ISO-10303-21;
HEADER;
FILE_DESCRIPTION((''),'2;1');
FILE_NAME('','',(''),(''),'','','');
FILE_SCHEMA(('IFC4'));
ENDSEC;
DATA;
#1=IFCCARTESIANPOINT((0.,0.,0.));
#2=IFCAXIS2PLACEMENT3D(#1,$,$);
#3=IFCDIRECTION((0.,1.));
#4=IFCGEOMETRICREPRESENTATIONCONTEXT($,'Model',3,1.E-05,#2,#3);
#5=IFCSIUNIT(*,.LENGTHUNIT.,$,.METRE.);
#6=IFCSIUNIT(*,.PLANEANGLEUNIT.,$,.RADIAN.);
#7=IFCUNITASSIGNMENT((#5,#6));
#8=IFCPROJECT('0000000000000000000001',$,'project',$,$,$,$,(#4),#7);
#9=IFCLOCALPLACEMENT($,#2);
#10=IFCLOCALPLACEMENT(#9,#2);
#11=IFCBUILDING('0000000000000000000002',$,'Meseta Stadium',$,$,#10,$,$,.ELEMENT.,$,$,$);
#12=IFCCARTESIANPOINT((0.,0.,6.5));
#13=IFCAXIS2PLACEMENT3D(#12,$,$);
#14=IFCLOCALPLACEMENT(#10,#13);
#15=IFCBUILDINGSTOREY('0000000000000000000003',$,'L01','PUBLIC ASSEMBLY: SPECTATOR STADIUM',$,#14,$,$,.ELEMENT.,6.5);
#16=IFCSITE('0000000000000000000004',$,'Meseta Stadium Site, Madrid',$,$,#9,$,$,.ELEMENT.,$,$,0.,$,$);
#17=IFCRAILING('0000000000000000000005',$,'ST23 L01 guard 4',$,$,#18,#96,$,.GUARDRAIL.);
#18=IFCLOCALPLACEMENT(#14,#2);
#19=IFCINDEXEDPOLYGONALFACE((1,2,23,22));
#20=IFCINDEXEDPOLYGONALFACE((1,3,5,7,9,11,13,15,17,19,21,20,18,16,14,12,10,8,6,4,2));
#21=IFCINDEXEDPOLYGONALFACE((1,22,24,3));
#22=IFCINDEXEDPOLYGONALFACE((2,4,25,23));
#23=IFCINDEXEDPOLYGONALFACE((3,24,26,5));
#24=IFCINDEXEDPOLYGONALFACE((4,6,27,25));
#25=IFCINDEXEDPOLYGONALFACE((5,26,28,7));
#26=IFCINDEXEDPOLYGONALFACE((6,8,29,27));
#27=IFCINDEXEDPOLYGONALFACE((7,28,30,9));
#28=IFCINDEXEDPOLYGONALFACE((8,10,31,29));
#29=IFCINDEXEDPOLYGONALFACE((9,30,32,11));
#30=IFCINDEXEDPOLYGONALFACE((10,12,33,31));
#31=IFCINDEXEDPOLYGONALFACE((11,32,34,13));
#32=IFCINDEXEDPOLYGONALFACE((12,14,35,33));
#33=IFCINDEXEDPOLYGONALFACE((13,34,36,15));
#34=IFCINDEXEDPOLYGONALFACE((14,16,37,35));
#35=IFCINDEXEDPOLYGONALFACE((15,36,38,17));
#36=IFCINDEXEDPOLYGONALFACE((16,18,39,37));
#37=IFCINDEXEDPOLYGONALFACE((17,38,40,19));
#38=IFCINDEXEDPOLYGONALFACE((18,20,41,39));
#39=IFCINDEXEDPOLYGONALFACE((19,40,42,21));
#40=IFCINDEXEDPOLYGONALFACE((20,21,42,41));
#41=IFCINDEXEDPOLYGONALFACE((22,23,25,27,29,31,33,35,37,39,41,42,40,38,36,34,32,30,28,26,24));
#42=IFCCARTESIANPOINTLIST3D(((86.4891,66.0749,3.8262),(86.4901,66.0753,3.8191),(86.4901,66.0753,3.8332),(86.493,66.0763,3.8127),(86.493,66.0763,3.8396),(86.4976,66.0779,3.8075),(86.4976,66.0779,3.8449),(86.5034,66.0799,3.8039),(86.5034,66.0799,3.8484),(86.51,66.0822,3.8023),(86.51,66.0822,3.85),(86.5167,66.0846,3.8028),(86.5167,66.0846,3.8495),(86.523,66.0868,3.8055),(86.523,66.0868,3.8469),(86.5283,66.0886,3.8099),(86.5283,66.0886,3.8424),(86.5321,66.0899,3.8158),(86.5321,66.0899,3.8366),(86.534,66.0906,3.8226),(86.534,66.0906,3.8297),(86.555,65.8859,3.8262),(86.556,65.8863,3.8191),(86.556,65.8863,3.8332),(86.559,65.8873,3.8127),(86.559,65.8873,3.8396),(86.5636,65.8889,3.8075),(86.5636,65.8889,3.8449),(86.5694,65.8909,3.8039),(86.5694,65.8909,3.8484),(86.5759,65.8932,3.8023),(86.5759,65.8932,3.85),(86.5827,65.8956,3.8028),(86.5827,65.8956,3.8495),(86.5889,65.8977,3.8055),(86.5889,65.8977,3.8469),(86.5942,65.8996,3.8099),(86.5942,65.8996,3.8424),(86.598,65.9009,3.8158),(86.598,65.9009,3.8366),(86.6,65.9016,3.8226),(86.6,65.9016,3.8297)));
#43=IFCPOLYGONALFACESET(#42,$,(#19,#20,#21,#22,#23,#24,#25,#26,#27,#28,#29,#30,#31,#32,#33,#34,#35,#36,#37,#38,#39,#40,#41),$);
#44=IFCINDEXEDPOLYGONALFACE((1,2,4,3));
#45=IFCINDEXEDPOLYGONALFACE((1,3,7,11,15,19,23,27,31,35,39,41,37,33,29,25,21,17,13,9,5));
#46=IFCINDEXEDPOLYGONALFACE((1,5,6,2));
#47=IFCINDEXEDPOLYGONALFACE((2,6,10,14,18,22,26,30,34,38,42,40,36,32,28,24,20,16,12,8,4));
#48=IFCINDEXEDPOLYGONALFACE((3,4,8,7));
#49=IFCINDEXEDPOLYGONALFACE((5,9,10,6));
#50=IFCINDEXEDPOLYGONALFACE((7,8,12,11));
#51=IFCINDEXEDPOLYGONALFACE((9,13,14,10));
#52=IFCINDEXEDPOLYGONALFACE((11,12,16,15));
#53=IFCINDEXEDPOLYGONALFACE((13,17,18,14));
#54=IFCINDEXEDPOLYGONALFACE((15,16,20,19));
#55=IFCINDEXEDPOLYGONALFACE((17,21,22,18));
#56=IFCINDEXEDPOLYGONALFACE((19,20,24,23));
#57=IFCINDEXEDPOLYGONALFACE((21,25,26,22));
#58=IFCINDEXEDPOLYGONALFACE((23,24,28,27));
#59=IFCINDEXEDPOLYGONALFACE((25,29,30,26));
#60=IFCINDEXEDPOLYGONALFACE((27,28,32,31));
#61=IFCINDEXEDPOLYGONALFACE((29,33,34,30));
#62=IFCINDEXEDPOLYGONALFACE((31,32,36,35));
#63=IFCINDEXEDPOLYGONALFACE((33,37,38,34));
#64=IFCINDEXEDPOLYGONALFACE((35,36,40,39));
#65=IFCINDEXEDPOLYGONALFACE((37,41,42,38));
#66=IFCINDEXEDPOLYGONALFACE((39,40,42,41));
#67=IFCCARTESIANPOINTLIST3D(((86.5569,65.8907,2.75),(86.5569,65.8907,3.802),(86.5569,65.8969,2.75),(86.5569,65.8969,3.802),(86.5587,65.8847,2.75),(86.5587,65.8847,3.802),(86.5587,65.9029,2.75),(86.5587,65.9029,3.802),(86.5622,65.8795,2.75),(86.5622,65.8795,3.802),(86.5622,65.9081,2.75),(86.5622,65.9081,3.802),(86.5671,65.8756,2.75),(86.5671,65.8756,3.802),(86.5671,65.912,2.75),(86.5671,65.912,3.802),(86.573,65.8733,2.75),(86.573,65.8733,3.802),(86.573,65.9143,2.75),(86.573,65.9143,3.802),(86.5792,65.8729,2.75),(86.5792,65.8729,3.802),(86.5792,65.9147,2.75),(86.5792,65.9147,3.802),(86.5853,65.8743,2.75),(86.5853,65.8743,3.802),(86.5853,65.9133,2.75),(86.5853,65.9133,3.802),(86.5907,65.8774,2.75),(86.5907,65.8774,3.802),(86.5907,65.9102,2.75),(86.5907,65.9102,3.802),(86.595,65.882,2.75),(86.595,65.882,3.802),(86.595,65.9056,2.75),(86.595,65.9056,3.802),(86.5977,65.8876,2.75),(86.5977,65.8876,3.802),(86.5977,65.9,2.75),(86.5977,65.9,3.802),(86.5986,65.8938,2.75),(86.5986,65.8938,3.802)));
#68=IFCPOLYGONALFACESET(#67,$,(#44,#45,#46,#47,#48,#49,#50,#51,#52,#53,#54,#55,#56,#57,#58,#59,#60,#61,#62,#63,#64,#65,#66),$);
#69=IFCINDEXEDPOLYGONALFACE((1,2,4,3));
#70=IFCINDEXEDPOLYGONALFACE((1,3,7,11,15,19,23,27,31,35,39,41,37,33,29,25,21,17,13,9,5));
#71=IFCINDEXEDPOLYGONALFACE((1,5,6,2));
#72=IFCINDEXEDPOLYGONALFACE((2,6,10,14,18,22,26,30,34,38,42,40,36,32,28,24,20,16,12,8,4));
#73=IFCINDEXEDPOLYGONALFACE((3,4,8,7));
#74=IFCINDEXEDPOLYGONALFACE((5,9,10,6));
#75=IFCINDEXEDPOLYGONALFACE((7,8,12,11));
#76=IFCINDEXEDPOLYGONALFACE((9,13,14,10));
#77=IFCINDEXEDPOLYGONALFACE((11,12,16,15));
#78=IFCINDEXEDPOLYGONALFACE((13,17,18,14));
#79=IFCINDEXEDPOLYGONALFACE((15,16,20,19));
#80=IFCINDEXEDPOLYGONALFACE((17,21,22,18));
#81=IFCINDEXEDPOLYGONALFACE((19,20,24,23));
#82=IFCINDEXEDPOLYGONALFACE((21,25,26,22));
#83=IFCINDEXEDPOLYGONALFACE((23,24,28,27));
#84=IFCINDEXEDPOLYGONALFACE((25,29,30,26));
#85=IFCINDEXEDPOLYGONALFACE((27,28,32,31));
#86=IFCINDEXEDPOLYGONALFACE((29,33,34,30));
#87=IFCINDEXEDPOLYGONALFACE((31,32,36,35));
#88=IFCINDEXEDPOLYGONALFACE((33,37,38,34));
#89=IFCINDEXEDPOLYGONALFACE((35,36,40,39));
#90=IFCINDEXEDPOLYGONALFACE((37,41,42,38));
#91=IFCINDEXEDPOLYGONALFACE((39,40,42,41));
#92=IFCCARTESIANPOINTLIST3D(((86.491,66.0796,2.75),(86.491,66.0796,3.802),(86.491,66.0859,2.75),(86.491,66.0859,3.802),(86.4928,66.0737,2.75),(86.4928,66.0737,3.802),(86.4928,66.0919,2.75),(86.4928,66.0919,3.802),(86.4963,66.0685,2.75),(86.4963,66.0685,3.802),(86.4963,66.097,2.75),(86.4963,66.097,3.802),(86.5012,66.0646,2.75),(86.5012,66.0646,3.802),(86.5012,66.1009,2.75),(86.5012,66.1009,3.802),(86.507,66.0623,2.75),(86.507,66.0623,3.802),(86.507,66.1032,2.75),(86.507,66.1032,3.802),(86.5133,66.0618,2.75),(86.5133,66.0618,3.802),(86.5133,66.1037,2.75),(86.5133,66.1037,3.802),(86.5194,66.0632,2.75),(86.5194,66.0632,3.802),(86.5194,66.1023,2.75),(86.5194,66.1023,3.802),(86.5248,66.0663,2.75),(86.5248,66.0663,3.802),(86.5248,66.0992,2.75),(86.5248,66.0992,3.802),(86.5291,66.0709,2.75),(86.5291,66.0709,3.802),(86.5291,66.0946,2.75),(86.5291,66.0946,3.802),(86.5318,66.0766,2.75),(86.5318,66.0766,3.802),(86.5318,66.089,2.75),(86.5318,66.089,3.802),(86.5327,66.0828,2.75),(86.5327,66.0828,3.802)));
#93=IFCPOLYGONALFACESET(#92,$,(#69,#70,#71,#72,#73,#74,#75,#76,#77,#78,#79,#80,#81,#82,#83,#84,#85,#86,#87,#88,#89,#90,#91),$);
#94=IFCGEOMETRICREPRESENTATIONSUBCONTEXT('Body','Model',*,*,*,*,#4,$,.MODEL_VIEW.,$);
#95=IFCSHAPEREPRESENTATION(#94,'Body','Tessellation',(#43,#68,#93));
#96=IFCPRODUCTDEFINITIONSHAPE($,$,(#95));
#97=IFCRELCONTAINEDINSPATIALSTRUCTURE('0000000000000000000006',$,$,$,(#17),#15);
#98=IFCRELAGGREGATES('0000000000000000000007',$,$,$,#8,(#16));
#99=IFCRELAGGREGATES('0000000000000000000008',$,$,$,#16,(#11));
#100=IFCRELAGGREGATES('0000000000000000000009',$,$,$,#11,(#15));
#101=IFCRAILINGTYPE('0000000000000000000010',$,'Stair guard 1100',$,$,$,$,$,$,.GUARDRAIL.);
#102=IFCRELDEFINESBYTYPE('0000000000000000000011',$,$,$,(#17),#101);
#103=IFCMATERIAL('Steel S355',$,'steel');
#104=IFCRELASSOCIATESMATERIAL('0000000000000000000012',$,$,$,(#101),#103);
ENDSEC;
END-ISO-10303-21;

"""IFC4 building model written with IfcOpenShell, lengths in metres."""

from ifc_helpers import new_model, si_unit, direction, frame, origin, origin_2d, place, context, subcontext, project, spatial, circle, extrude, material, type_object, element, save


model = new_model("IFC4")

# Units and contexts
model_context = context("Model", 3, precision=1e-05, world=origin(), true_north=direction((0.0, 1.0)))
body_context = subcontext(model_context, "Body", "Model", "MODEL_VIEW")
ifc_project = project(units=[si_unit("LENGTHUNIT", "METRE"), si_unit("PLANEANGLEUNIT", "RADIAN")], contexts=[model_context])

# Site, building, storey
site_placement = place(None, origin())
site = spatial("IfcSite", under=ifc_project, at=site_placement, Name="Meseta Stadium Site, Madrid", CompositionType="ELEMENT", RefElevation=0.0)
building_placement = place(site_placement, origin())
building = spatial("IfcBuilding", under=site, at=building_placement, Name="Meseta Stadium", CompositionType="ELEMENT")
storey_placement = place(building_placement, frame((0.0, 0.0, 6.5)))
storey = spatial("IfcBuildingStorey", under=building, at=storey_placement, Name="L01", Description="PUBLIC ASSEMBLY: SPECTATOR STADIUM", CompositionType="ELEMENT", Elevation=6.5)

# Railing
ifc_material_1 = material(Name="Steel S355", Category="steel")
railing_type_1 = type_object("IfcRailingType", Name="Stair guard 1100", PredefinedType="GUARDRAIL", material=ifc_material_1)
railing_1_placement = place(storey_placement, frame((86.5776, 65.8938, 2.75)))
element("IfcRailing", 1, at=railing_1_placement, inside=storey, type_object=railing_type_1, Name="ST23 L01 guard 4", PredefinedType="GUARDRAIL", context=body_context, shape_type="SweptSolid", body=[
    extrude(circle(Radius=0.0239, at=origin_2d()), frame((0.0, 0.0, 1.0762), z_axis=(-0.329372, 0.9442, 0.0), x_axis=(-0.9442, -0.329372, 0.0)), (0.0, 0.0, 1.0), 0.2002),
    extrude(circle(Radius=0.021, at=origin_2d()), origin(), (0.0, 0.0, 1.0), 1.052),
    extrude(circle(Radius=0.021, at=origin_2d()), frame((-0.0659, 0.189, 0.0)), (0.0, 0.0, 1.0), 1.052),
])

save(model, "model.ifc")
